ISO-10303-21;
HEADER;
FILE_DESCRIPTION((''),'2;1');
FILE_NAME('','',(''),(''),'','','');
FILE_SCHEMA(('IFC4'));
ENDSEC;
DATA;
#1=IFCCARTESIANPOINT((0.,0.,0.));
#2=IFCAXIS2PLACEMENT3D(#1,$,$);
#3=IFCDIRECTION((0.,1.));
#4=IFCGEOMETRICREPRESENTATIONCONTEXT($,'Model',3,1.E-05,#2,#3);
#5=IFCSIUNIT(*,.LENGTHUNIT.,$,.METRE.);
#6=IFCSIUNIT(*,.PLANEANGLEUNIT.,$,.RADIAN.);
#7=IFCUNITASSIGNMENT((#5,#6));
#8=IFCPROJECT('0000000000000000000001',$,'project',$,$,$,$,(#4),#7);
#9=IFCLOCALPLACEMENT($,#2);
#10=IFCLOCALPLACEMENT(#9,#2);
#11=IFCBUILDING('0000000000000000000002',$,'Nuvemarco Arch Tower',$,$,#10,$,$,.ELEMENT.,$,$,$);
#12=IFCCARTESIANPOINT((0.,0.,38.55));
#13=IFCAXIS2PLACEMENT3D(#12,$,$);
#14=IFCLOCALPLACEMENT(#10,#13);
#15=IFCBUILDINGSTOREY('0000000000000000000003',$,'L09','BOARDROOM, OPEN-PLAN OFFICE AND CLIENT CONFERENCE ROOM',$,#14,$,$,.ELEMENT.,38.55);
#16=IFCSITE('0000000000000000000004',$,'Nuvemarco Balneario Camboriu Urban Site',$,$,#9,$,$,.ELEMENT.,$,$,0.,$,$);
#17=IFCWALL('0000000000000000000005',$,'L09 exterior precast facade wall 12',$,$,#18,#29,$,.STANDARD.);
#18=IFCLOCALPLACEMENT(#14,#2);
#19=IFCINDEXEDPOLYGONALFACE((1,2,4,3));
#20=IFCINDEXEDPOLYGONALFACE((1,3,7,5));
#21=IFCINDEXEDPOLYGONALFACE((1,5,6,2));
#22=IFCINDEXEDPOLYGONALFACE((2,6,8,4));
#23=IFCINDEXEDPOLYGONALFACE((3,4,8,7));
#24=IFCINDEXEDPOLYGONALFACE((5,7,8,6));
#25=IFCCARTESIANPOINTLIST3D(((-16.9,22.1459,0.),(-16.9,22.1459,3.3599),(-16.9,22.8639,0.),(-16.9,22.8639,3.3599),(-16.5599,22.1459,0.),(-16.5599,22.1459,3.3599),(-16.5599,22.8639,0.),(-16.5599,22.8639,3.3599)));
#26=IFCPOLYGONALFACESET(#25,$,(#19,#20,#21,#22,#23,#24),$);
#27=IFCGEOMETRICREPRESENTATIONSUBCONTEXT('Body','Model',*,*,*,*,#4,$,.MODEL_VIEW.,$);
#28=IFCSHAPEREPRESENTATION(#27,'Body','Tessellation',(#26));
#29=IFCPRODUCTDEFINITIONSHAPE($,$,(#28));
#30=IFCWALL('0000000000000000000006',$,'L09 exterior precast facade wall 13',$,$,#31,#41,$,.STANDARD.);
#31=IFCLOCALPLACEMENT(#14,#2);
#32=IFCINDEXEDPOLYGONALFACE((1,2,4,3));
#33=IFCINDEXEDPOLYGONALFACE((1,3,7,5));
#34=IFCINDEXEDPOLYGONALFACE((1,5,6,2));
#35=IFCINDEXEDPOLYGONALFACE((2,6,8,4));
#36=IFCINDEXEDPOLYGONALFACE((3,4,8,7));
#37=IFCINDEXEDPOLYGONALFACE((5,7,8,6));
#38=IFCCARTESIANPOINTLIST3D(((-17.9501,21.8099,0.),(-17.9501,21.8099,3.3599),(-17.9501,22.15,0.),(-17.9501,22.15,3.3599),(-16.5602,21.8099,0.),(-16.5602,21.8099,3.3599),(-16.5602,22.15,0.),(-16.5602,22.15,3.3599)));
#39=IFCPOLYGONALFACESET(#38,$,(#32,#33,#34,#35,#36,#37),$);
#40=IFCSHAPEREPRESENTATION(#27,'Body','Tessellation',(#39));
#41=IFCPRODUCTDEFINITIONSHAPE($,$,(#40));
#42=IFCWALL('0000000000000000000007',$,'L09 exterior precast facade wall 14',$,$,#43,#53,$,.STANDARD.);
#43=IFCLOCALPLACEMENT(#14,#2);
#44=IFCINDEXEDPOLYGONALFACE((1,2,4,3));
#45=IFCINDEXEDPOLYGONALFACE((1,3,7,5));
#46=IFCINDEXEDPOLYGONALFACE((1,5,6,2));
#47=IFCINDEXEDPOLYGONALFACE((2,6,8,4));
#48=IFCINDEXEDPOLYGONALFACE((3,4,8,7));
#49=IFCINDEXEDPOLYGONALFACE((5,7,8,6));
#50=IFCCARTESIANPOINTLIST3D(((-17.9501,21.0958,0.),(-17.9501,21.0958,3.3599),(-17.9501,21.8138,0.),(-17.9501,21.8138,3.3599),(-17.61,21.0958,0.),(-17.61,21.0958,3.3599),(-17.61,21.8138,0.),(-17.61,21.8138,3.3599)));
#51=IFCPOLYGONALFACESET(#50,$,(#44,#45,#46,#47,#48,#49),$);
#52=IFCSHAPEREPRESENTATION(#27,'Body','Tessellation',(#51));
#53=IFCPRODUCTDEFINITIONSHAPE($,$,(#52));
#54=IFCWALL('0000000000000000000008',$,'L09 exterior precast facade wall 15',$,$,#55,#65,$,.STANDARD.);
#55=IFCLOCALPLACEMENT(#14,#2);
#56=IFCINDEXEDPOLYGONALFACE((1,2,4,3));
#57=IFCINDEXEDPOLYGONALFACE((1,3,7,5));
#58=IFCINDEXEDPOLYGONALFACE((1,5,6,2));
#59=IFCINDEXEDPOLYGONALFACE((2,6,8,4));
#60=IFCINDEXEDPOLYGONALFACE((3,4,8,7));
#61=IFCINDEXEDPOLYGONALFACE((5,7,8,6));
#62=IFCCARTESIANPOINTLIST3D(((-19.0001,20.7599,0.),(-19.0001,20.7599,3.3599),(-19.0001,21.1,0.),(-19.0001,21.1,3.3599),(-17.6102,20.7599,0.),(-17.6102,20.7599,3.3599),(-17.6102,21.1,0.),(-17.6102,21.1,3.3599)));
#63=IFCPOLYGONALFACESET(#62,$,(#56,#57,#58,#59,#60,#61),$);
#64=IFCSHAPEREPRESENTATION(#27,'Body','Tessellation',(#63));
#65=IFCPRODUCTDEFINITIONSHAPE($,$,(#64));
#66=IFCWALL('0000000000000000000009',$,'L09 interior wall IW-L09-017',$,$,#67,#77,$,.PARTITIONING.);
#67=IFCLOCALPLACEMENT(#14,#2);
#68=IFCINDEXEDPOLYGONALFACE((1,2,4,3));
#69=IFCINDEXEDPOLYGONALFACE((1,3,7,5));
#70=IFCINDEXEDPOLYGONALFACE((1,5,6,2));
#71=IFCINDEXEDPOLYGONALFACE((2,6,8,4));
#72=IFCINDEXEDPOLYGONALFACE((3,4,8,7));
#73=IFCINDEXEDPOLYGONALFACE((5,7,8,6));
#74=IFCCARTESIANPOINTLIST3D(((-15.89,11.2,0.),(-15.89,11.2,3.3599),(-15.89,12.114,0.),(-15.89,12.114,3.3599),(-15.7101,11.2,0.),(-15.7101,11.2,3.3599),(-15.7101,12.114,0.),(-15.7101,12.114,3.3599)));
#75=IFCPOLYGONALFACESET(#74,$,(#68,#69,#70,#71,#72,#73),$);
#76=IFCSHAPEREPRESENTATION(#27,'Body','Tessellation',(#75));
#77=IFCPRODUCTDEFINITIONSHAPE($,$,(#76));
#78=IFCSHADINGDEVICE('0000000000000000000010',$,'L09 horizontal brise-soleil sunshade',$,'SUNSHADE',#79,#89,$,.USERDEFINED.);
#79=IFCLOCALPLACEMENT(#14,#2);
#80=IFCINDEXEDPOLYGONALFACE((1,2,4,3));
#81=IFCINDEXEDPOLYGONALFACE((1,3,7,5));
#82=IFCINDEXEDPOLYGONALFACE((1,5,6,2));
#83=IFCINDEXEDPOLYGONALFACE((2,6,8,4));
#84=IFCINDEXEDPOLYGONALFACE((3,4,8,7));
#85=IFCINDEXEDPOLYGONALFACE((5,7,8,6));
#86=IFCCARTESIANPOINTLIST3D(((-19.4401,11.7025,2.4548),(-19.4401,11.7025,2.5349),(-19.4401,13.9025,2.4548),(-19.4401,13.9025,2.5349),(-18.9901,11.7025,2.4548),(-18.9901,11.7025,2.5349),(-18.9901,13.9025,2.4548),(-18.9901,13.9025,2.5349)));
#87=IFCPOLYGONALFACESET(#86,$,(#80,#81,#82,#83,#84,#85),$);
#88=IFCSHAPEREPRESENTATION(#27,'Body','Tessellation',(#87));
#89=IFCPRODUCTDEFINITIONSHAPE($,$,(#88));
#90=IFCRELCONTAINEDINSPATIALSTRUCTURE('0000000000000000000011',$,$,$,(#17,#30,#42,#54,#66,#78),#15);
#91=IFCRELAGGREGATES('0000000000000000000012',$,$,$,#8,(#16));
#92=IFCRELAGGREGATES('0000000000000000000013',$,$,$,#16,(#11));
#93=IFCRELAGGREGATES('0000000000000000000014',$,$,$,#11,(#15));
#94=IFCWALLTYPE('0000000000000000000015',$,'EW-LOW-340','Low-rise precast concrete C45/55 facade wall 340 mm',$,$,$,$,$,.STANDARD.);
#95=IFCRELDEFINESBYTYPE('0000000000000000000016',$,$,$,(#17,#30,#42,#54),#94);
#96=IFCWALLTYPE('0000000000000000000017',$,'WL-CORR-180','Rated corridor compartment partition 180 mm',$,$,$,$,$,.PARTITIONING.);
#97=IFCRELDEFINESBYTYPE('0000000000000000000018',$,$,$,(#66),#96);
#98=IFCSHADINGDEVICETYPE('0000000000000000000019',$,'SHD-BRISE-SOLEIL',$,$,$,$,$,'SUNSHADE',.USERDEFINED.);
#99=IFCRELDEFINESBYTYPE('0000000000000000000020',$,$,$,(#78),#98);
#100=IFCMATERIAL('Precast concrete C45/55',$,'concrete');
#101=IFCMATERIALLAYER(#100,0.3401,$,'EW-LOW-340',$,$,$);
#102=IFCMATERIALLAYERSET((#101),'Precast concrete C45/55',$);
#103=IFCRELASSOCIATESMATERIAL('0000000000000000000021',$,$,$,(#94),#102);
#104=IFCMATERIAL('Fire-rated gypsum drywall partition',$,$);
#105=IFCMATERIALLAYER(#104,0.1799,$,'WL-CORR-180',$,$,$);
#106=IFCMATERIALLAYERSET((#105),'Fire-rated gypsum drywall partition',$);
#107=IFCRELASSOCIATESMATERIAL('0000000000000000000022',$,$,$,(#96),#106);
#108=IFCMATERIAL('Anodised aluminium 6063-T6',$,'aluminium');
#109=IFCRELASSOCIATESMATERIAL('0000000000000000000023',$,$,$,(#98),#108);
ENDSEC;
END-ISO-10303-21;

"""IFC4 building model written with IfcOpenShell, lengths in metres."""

from ifc_helpers import new_model, si_unit, direction, frame, frame_2d, origin, origin_2d, place, context, subcontext, project, spatial, rectangle, extrude, source, transform, mapped, material, layer, layer_set, type_object, type_shapes, element, save


model = new_model("IFC4")

# Units and contexts
model_context = context("Model", 3, precision=1e-05, world=origin(), true_north=direction((0.0, 1.0)))
body_context = subcontext(model_context, "Body", "Model", "MODEL_VIEW")
ifc_project = project(units=[si_unit("LENGTHUNIT", "METRE"), si_unit("PLANEANGLEUNIT", "RADIAN")], contexts=[model_context])

# Site, building, storey
site_placement = place(None, origin())
site = spatial("IfcSite", under=ifc_project, at=site_placement, Name="Nuvemarco Balneario Camboriu Urban Site", CompositionType="ELEMENT", RefElevation=0.0)
building_placement = place(site_placement, origin())
building = spatial("IfcBuilding", under=site, at=building_placement, Name="Nuvemarco Arch Tower", CompositionType="ELEMENT")
storey_placement = place(building_placement, frame((0.0, 0.0, 38.55)))
storey = spatial("IfcBuildingStorey", under=building, at=storey_placement, Name="L09", Description="BOARDROOM, OPEN-PLAN OFFICE AND CLIENT CONFERENCE ROOM", CompositionType="ELEMENT", Elevation=38.55)

# Shared definitions
ifc_material_1 = material(Name="Precast concrete C45/55", Category="concrete")

# Shared definitions
ifc_layer_1 = layer(ifc_material_1, 0.3401, Name="EW-LOW-340")
ifc_layer_set_1 = layer_set([ifc_layer_1], Name="Precast concrete C45/55")
wall_type_1 = type_object("IfcWallType", Name="EW-LOW-340", Description="Low-rise precast concrete C45/55 facade wall 340 mm", PredefinedType="STANDARD", material=ifc_layer_set_1)

# Walls
wall_1_placement = place(storey_placement, frame((-16.73, 22.146, 0.0), z_axis=(0.0, 0.0, 1.0), x_axis=(0.0, 1.0, 0.0)))
element("IfcWall", 1, at=wall_1_placement, inside=storey, type_object=wall_type_1, Name="L09 exterior precast facade wall 12", PredefinedType="STANDARD", context=body_context, shape_type="SweptSolid", body=[
    extrude(rectangle(XDim=0.718, YDim=0.3401, at=frame_2d((0.3589, 0.0))), origin(), (0.0, 0.0, 1.0), 3.3599),
])
wall_2_placement = place(storey_placement, frame((-17.95, 21.98, 0.0), z_axis=(0.0, 0.0, 1.0), x_axis=(1.0, 0.0, 0.0)))
element("IfcWall", 2, at=wall_2_placement, inside=storey, type_object=wall_type_1, Name="L09 exterior precast facade wall 13", PredefinedType="STANDARD", context=body_context, shape_type="SweptSolid", body=[
    extrude(rectangle(XDim=1.3899, YDim=0.3401, at=frame_2d((0.6948, 0.0))), origin(), (0.0, 0.0, 1.0), 3.3599),
])
wall_3_placement = place(storey_placement, frame((-17.78, 21.0959, 0.0), z_axis=(0.0, 0.0, 1.0), x_axis=(0.0, 1.0, 0.0)))
element("IfcWall", 3, at=wall_3_placement, inside=storey, type_object=wall_type_1, Name="L09 exterior precast facade wall 14", PredefinedType="STANDARD", context=body_context, shape_type="SweptSolid", body=[
    extrude(rectangle(XDim=0.718, YDim=0.3401, at=frame_2d((0.3589, 0.0))), origin(), (0.0, 0.0, 1.0), 3.3599),
])
wall_4_placement = place(storey_placement, frame((-19.0, 20.9299, 0.0), z_axis=(0.0, 0.0, 1.0), x_axis=(1.0, 0.0, 0.0)))
element("IfcWall", 4, at=wall_4_placement, inside=storey, type_object=wall_type_1, Name="L09 exterior precast facade wall 15", PredefinedType="STANDARD", context=body_context, shape_type="SweptSolid", body=[
    extrude(rectangle(XDim=1.3899, YDim=0.3401, at=frame_2d((0.6948, 0.0))), origin(), (0.0, 0.0, 1.0), 3.3599),
])
ifc_material_2 = material(Name="Fire-rated gypsum drywall partition")
ifc_layer_2 = layer(ifc_material_2, 0.1799, Name="WL-CORR-180")
ifc_layer_set_2 = layer_set([ifc_layer_2], Name="Fire-rated gypsum drywall partition")
wall_type_2 = type_object("IfcWallType", Name="WL-CORR-180", Description="Rated corridor compartment partition 180 mm", PredefinedType="PARTITIONING", material=ifc_layer_set_2)
wall_5_placement = place(storey_placement, frame((-15.8, 11.2, 0.0), z_axis=(0.0, 0.0, 1.0), x_axis=(0.0, 1.0, 0.0)))
element("IfcWall", 5, at=wall_5_placement, inside=storey, type_object=wall_type_2, Name="L09 interior wall IW-L09-017", PredefinedType="PARTITIONING", context=body_context, shape_type="SweptSolid", body=[
    extrude(rectangle(XDim=0.9141, YDim=0.1799, at=frame_2d((0.457, 0.0))), origin(), (0.0, 0.0, 1.0), 3.3599),
])

# Shading device
ifc_material_3 = material(Name="Anodised aluminium 6063-T6", Category="aluminium")
shading_device_type = type_object("IfcShadingDeviceType", Name="SHD-BRISE-SOLEIL", ElementType="SUNSHADE", PredefinedType="USERDEFINED", material=ifc_material_3)
shared_shape_1 = source(origin(), body_context, "Body", "SweptSolid", [
    extrude(rectangle(XDim=2.2, YDim=0.45, at=origin_2d()), origin(), (0.0, 0.0, 1.0), 0.0801),
])
type_shapes(shading_device_type, [shared_shape_1])
shading_device_placement = place(storey_placement, frame((-19.2151, 12.8025, 2.4548), z_axis=(0.0, 0.0, 1.0), x_axis=(0.0, 1.0, 0.0)))
element("IfcShadingDevice", 6, at=shading_device_placement, inside=storey, type_object=shading_device_type, Name="L09 horizontal brise-soleil sunshade", ObjectType="SUNSHADE", PredefinedType="USERDEFINED", context=body_context, shape_type="MappedRepresentation", body=[
    mapped(shared_shape_1, transform((0.0, 0.0, 0.0), scale=1.0)),
])

save(model, "model.ifc")
